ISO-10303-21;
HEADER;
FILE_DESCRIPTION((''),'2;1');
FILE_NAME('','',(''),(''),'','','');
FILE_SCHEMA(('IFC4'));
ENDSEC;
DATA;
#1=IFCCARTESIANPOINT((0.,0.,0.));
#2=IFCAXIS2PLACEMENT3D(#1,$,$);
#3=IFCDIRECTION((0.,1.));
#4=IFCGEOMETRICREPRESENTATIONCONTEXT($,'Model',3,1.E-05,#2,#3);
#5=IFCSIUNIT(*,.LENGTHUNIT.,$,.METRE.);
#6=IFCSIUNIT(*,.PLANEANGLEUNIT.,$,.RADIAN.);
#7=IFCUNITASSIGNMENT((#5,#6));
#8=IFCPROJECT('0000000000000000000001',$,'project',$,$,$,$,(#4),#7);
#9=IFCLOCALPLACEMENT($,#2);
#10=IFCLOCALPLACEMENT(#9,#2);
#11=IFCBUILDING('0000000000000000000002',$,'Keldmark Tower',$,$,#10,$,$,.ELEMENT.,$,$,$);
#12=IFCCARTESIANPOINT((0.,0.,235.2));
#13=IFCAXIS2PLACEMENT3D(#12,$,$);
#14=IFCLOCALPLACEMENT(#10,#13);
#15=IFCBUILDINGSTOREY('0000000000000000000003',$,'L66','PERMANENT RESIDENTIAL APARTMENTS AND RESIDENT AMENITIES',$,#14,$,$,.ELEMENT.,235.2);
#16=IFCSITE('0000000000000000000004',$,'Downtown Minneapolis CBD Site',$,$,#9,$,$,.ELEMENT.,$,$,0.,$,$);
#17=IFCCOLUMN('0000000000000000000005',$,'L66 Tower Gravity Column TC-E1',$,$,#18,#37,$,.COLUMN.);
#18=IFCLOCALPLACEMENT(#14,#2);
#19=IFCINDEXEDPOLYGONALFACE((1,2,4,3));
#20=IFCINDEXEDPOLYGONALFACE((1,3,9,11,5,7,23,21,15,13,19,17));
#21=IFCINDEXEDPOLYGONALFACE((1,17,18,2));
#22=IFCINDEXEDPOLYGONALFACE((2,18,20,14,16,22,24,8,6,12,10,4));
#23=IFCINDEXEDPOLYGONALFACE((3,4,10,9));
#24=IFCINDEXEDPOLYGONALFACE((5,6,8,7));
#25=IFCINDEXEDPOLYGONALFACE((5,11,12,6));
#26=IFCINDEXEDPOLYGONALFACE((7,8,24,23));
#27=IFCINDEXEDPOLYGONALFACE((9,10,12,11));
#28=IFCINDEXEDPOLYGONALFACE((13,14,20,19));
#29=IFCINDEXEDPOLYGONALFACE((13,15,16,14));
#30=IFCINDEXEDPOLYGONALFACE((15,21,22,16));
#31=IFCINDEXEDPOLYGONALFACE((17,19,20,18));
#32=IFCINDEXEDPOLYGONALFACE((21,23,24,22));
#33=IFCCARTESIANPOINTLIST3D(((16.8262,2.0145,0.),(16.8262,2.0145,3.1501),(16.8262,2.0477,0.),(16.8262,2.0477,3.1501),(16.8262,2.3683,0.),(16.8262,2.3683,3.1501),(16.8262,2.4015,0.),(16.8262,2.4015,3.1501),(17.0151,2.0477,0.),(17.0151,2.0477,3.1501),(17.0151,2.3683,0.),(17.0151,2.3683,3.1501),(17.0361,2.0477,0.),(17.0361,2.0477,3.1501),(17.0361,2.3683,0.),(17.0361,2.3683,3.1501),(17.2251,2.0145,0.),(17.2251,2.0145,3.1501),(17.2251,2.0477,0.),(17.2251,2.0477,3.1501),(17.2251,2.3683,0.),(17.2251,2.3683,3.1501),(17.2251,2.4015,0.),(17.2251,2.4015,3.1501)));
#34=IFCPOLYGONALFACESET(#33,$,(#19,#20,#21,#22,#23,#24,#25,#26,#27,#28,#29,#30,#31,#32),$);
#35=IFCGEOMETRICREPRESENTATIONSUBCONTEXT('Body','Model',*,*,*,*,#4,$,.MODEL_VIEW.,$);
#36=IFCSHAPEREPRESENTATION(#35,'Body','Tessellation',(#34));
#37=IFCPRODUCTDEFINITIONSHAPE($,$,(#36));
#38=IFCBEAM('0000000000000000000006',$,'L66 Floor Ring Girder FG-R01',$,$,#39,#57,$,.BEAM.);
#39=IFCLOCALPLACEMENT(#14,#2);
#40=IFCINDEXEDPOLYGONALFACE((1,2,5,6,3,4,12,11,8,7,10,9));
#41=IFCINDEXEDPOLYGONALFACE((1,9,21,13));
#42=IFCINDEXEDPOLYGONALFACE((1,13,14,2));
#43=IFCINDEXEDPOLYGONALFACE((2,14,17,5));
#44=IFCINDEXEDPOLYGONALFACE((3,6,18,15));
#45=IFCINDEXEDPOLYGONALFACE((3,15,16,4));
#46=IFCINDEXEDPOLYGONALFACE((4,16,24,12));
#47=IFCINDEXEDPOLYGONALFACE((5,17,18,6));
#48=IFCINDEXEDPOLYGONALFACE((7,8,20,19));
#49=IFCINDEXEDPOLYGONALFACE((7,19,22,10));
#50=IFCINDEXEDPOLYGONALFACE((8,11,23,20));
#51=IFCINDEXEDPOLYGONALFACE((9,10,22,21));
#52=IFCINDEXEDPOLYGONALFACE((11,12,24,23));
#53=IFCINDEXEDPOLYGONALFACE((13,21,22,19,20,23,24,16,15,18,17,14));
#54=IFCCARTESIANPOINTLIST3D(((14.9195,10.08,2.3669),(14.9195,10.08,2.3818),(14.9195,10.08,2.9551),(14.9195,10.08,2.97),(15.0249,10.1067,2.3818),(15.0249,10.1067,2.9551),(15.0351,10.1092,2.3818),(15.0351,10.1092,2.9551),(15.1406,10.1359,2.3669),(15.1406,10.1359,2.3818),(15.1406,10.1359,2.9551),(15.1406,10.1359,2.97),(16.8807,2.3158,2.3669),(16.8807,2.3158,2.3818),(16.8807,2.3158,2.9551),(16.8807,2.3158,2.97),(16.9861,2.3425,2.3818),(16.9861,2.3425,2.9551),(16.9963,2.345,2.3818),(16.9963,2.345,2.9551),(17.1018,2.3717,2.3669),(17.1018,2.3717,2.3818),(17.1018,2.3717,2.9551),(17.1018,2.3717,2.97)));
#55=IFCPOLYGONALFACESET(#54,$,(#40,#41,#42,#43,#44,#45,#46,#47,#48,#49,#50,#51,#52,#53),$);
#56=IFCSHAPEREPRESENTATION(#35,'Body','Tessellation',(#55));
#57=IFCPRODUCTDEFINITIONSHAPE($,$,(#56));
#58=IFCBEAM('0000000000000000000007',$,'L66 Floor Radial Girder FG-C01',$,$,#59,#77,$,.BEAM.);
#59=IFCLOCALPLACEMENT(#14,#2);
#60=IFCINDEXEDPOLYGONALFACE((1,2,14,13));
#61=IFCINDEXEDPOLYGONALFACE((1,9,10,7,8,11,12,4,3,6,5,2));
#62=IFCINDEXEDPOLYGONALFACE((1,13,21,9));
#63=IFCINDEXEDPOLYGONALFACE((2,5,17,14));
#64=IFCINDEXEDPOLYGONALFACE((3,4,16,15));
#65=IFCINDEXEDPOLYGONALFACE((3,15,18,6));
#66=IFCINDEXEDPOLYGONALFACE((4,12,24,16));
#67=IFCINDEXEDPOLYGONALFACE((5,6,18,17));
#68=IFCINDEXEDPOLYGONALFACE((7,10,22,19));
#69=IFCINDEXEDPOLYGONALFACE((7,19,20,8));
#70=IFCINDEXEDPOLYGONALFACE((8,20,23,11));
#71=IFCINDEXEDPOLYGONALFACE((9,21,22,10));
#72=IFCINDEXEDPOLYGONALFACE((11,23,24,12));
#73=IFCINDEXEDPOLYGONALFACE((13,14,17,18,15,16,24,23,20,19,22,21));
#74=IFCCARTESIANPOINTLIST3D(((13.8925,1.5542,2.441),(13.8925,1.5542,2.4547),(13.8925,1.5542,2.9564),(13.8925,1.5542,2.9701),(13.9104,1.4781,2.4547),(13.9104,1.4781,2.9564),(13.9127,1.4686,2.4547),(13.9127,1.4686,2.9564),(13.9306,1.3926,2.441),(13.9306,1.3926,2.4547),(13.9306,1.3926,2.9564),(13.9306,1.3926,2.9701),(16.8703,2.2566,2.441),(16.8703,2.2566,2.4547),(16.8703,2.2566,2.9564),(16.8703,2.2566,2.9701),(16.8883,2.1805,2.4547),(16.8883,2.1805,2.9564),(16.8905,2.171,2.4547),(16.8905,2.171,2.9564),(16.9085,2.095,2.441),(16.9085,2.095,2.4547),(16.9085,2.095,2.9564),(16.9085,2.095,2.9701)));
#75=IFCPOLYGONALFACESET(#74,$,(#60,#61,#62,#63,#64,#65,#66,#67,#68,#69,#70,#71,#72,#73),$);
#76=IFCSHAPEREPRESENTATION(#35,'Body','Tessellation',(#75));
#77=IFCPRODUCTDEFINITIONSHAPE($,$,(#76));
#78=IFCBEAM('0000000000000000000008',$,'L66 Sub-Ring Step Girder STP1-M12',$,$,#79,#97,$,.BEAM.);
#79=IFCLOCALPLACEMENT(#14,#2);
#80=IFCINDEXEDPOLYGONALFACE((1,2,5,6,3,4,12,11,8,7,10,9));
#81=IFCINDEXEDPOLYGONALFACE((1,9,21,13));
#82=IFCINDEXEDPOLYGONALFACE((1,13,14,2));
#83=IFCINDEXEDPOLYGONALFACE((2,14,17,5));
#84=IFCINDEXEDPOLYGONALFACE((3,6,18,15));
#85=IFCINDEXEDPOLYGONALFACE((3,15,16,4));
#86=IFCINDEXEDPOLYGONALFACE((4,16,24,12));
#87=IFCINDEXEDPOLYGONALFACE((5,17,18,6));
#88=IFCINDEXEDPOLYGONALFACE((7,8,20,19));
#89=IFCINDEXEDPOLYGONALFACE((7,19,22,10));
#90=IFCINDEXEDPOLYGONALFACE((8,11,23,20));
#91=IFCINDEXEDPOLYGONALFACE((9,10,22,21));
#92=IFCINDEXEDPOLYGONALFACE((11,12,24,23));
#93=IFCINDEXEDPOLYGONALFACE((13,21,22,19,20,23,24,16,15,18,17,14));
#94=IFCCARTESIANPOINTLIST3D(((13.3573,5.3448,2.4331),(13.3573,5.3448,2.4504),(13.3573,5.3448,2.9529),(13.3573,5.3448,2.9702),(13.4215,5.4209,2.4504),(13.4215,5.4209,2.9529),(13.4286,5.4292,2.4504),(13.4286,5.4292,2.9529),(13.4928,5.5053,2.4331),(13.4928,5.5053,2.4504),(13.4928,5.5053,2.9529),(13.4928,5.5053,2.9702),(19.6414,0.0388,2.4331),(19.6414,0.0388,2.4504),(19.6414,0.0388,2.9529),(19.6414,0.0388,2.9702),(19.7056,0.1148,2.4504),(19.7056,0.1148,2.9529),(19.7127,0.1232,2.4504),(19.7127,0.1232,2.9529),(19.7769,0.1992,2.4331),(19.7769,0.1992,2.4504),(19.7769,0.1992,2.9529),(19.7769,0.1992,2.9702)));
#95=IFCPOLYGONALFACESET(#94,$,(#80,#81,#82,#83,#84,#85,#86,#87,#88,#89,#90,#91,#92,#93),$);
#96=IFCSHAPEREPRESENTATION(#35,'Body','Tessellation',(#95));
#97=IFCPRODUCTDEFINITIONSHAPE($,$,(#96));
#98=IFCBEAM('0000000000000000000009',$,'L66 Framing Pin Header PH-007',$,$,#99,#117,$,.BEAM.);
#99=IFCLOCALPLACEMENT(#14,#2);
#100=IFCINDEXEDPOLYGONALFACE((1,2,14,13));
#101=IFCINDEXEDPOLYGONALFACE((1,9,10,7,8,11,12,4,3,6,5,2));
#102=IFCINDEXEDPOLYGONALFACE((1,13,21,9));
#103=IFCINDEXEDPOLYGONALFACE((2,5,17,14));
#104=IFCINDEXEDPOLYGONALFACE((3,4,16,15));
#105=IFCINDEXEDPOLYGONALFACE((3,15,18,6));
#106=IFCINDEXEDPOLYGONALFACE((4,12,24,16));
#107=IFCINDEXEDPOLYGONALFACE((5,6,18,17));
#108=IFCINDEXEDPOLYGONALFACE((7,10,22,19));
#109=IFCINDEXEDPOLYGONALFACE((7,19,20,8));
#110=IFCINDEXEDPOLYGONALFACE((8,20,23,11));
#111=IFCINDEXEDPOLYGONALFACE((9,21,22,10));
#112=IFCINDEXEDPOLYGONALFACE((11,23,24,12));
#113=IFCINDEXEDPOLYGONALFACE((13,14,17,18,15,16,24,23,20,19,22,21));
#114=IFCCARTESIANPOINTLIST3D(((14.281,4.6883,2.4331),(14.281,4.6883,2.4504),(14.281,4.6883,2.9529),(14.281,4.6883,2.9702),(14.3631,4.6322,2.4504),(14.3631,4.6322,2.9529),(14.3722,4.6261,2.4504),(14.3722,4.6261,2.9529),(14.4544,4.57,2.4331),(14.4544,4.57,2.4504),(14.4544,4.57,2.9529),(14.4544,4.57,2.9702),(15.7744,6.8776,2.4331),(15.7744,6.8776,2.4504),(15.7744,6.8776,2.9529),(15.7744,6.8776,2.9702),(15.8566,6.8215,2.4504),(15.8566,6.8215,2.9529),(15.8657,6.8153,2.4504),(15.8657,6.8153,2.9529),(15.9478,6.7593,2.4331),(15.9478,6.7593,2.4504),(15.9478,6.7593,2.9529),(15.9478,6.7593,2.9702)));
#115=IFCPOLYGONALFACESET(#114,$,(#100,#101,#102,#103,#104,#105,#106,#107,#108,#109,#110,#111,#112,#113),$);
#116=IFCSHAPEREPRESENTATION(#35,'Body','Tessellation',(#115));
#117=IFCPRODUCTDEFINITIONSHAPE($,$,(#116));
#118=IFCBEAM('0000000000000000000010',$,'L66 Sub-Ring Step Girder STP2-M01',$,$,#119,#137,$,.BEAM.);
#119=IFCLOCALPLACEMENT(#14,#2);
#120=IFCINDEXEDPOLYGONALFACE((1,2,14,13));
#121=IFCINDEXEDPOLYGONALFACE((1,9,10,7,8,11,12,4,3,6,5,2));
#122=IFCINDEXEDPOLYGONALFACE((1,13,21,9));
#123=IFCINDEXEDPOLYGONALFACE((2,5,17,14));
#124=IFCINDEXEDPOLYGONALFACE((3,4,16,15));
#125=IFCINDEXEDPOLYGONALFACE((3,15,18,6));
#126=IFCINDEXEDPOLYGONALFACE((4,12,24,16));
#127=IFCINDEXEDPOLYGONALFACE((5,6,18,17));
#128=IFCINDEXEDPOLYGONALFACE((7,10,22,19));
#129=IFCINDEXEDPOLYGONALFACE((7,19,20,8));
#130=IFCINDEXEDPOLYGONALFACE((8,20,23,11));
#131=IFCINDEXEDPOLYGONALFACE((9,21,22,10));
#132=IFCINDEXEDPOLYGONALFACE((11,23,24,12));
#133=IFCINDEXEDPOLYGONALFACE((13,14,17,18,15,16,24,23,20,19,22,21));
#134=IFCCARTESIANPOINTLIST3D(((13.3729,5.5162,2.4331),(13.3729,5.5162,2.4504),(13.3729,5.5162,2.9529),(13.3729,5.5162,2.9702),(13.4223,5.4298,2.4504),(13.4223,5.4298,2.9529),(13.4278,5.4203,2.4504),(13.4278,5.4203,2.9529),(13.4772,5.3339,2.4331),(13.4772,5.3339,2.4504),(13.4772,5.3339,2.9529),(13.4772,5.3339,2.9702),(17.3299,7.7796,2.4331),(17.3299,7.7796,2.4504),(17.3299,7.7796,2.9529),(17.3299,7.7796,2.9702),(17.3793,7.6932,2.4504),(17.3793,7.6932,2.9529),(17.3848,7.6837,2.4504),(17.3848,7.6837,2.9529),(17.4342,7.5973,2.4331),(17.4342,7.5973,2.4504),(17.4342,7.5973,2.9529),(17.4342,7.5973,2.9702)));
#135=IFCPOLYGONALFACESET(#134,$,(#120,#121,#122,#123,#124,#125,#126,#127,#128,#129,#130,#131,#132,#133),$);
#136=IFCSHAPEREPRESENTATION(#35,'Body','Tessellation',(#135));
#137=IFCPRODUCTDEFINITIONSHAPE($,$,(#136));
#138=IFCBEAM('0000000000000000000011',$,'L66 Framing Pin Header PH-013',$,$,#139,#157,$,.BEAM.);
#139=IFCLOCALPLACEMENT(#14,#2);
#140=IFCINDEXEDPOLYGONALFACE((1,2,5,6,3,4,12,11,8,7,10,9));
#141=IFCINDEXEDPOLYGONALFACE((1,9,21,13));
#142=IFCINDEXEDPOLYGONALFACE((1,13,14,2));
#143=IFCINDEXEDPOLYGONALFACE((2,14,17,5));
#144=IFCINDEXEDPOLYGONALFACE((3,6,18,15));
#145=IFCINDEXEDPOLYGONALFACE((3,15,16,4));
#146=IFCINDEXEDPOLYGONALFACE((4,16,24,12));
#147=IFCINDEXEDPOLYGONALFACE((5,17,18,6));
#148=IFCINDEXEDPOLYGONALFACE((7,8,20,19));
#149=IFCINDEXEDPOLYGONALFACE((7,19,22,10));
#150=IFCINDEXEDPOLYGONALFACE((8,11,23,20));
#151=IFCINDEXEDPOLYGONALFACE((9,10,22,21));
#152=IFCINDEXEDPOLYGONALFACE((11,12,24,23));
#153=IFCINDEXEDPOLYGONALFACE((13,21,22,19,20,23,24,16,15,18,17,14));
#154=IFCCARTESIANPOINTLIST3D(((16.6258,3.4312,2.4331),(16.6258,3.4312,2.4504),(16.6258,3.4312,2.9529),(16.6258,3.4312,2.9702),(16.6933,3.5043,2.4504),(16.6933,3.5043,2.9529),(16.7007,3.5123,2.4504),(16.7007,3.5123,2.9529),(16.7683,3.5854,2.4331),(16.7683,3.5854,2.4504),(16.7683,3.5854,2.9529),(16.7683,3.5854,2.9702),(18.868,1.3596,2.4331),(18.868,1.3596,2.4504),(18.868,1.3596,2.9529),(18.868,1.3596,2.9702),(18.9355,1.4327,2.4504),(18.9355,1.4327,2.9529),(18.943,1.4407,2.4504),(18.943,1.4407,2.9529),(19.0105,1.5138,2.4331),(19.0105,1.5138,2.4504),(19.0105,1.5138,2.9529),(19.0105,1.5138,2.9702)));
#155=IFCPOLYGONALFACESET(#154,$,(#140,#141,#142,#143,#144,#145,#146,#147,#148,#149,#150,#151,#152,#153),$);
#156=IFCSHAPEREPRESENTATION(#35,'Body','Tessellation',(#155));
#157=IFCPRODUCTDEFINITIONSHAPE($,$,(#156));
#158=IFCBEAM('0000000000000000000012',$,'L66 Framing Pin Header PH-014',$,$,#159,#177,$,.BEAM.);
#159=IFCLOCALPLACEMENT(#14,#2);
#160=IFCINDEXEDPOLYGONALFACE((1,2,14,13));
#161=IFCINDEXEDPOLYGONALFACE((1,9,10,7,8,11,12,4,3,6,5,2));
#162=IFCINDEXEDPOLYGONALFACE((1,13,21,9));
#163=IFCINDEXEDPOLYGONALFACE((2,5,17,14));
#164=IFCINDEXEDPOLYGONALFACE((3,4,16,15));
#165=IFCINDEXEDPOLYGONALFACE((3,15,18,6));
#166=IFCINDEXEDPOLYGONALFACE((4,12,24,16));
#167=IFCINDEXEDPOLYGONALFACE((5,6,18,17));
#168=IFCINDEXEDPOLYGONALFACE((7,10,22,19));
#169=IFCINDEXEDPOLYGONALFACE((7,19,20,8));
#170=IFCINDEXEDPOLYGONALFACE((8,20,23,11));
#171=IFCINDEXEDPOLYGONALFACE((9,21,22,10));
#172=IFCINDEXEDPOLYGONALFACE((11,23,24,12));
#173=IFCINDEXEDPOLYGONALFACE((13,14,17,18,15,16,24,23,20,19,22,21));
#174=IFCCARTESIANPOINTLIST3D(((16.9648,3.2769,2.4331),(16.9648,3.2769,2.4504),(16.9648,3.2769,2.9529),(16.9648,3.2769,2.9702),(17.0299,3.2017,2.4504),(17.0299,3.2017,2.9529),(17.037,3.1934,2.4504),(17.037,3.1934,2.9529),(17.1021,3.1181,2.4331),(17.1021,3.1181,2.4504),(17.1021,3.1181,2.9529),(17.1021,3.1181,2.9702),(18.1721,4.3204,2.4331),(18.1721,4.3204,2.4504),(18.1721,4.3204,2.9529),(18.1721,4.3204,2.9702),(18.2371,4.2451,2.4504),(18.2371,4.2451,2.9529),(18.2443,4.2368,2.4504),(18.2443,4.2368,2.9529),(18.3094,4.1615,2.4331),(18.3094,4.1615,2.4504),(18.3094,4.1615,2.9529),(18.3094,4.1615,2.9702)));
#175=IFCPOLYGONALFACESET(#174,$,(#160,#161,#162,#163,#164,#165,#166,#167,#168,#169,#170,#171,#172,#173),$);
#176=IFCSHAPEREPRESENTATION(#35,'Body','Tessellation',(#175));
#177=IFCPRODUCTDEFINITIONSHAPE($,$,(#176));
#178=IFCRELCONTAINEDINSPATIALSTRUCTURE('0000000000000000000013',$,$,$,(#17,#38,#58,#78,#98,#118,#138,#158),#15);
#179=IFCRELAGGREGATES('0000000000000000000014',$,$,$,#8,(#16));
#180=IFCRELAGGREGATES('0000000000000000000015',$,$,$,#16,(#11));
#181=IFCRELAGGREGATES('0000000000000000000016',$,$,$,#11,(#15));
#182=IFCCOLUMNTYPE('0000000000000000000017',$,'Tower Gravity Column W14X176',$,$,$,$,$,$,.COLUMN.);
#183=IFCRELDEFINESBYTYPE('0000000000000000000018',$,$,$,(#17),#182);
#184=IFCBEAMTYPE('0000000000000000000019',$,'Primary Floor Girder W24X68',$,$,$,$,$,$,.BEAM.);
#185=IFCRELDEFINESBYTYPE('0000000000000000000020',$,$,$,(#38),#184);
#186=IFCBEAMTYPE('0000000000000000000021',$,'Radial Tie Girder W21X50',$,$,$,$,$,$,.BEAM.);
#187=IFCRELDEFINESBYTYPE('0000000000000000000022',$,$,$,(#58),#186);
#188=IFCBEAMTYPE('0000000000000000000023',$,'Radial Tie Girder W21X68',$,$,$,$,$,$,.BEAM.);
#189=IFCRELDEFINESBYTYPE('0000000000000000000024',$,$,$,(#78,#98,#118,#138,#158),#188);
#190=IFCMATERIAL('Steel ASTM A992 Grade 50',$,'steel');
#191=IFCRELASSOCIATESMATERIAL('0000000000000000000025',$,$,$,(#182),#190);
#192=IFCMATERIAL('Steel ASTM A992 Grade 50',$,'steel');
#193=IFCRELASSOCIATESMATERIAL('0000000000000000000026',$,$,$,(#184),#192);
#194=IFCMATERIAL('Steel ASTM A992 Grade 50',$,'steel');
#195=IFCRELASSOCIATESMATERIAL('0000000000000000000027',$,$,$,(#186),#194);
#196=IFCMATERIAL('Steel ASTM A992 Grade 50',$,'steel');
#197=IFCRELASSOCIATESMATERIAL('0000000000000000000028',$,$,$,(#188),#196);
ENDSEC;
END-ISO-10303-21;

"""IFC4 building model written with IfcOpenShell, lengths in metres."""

from ifc_helpers import new_model, si_unit, direction, frame, origin, origin_2d, place, context, subcontext, project, spatial, i_section, extrude, material, material_profile, profile_set, type_object, element, save


model = new_model("IFC4")

# Units and contexts
model_context = context("Model", 3, precision=1e-05, world=origin(), true_north=direction((0.0, 1.0)))
body_context = subcontext(model_context, "Body", "Model", "MODEL_VIEW")
ifc_project = project(units=[si_unit("LENGTHUNIT", "METRE"), si_unit("PLANEANGLEUNIT", "RADIAN")], contexts=[model_context])

# Site, building, storey
site_placement = place(None, origin())
site = spatial("IfcSite", under=ifc_project, at=site_placement, Name="Downtown Minneapolis CBD Site", CompositionType="ELEMENT", RefElevation=0.0)
building_placement = place(site_placement, origin())
building = spatial("IfcBuilding", under=site, at=building_placement, Name="Keldmark Tower", CompositionType="ELEMENT")
storey_placement = place(building_placement, frame((0.0, 0.0, 235.2)))
storey = spatial("IfcBuildingStorey", under=building, at=storey_placement, Name="L66", Description="PERMANENT RESIDENTIAL APARTMENTS AND RESIDENT AMENITIES", CompositionType="ELEMENT", Elevation=235.2)

# Column
ifc_material_1 = material(Name="Steel ASTM A992 Grade 50", Category="steel")
ifc_material_profile_1 = material_profile(ifc_material_1, i_section(OverallWidth=0.3989, OverallDepth=0.387, WebThickness=0.021, FlangeThickness=0.0332, at=origin_2d()), Name="W14X176")
ifc_profile_set_1 = profile_set([ifc_material_profile_1], Name="Steel ASTM A992 Grade 50")
column_type = type_object("IfcColumnType", Name="Tower Gravity Column W14X176", PredefinedType="COLUMN", material=ifc_profile_set_1)
column_placement = place(storey_placement, frame((17.0256, 2.208, 0.0), z_axis=(0.0, 0.0, 1.0), x_axis=(1.0, 0.0, 0.0)))
element("IfcColumn", 1, at=column_placement, inside=storey, type_object=column_type, Name="L66 Tower Gravity Column TC-E1", PredefinedType="COLUMN", context=body_context, shape_type="SweptSolid", body=[
    extrude(i_section(OverallWidth=0.3989, OverallDepth=0.387, WebThickness=0.021, FlangeThickness=0.0332, at=origin_2d()), origin(), (0.0, 0.0, 1.0), 3.1501),
])

# Beams
ifc_material_2 = material(Name="Steel ASTM A992 Grade 50", Category="steel")
ifc_material_profile_2 = material_profile(ifc_material_2, i_section(OverallWidth=0.228, OverallDepth=0.603, WebThickness=0.0105, FlangeThickness=0.0149, at=origin_2d()), Name="W24X68")
ifc_profile_set_2 = profile_set([ifc_material_profile_2], Name="Steel ASTM A992 Grade 50")
beam_type_1 = type_object("IfcBeamType", Name="Primary Floor Girder W24X68", PredefinedType="BEAM", material=ifc_profile_set_2)
beam_1_placement = place(storey_placement, frame((16.9912, 2.3438, 2.6685), z_axis=(-0.244902, 0.969548, 0.0), x_axis=(-0.969548, -0.244902, 0.0)))
element("IfcBeam", 2, at=beam_1_placement, inside=storey, type_object=beam_type_1, Name="L66 Floor Ring Girder FG-R01", PredefinedType="BEAM", context=body_context, shape_type="SweptSolid", body=[
    extrude(i_section(OverallWidth=0.228, OverallDepth=0.603, WebThickness=0.0105, FlangeThickness=0.0149, at=origin_2d()), origin(), (0.0, 0.0, 1.0), 8.0081),
])
ifc_material_3 = material(Name="Steel ASTM A992 Grade 50", Category="steel")
ifc_material_profile_3 = material_profile(ifc_material_3, i_section(OverallWidth=0.166, OverallDepth=0.5291, WebThickness=0.0098, FlangeThickness=0.0137, at=origin_2d()), Name="W21X50")
ifc_profile_set_3 = profile_set([ifc_material_profile_3], Name="Steel ASTM A992 Grade 50")
beam_type_2 = type_object("IfcBeamType", Name="Radial Tie Girder W21X50", PredefinedType="BEAM", material=ifc_profile_set_3)
beam_2_placement = place(storey_placement, frame((16.8894, 2.1758, 2.7056), z_axis=(-0.97329, -0.229577, 0.0), x_axis=(0.229577, -0.97329, 0.0)))
element("IfcBeam", 3, at=beam_2_placement, inside=storey, type_object=beam_type_2, Name="L66 Floor Radial Girder FG-C01", PredefinedType="BEAM", context=body_context, shape_type="SweptSolid", body=[
    extrude(i_section(OverallWidth=0.166, OverallDepth=0.5291, WebThickness=0.0098, FlangeThickness=0.0137, at=origin_2d()), origin(), (0.0, 0.0, 1.0), 3.0596),
])
ifc_material_4 = material(Name="Steel ASTM A992 Grade 50", Category="steel")
ifc_material_profile_4 = material_profile(ifc_material_4, i_section(OverallWidth=0.21, OverallDepth=0.5371, WebThickness=0.011, FlangeThickness=0.0173, at=origin_2d()), Name="W21X68")
ifc_profile_set_4 = profile_set([ifc_material_profile_4], Name="Steel ASTM A992 Grade 50")
beam_type_3 = type_object("IfcBeamType", Name="Radial Tie Girder W21X68", PredefinedType="BEAM", material=ifc_profile_set_4)
beam_3_placement = place(storey_placement, frame((13.425, 5.425, 2.7017), z_axis=(0.764059, -0.645146, 0.0), x_axis=(0.645146, 0.764059, 0.0)))
element("IfcBeam", 4, at=beam_3_placement, inside=storey, type_object=beam_type_3, Name="L66 Sub-Ring Step Girder STP1-M12", PredefinedType="BEAM", context=body_context, shape_type="SweptSolid", body=[
    extrude(i_section(OverallWidth=0.21, OverallDepth=0.5371, WebThickness=0.011, FlangeThickness=0.0173, at=origin_2d()), origin(), (0.0, 0.0, 1.0), 8.2246),
])
beam_4_placement = place(storey_placement, frame((14.3677, 4.6292, 2.7017), z_axis=(0.563534, 0.826093, 0.0), x_axis=(-0.826093, 0.563534, 0.0)))
element("IfcBeam", 5, at=beam_4_placement, inside=storey, type_object=beam_type_3, Name="L66 Framing Pin Header PH-007", PredefinedType="BEAM", context=body_context, shape_type="SweptSolid", body=[
    extrude(i_section(OverallWidth=0.21, OverallDepth=0.5371, WebThickness=0.011, FlangeThickness=0.0173, at=origin_2d()), origin(), (0.0, 0.0, 1.0), 2.6501),
])
beam_5_placement = place(storey_placement, frame((13.425, 5.425, 2.7017), z_axis=(0.868029, 0.496514, 0.0), x_axis=(-0.496514, 0.868029, 0.0)))
element("IfcBeam", 6, at=beam_5_placement, inside=storey, type_object=beam_type_3, Name="L66 Sub-Ring Step Girder STP2-M01", PredefinedType="BEAM", context=body_context, shape_type="SweptSolid", body=[
    extrude(i_section(OverallWidth=0.21, OverallDepth=0.5371, WebThickness=0.011, FlangeThickness=0.0173, at=origin_2d()), origin(), (0.0, 0.0, 1.0), 4.5586),
])
beam_6_placement = place(storey_placement, frame((16.697, 3.5083, 2.7017), z_axis=(0.734506, -0.678602, 0.0), x_axis=(0.678602, 0.734506, 0.0)))
element("IfcBeam", 7, at=beam_6_placement, inside=storey, type_object=beam_type_3, Name="L66 Framing Pin Header PH-013", PredefinedType="BEAM", context=body_context, shape_type="SweptSolid", body=[
    extrude(i_section(OverallWidth=0.21, OverallDepth=0.5371, WebThickness=0.011, FlangeThickness=0.0173, at=origin_2d()), origin(), (0.0, 0.0, 1.0), 3.0527),
])
beam_7_placement = place(storey_placement, frame((17.0334, 3.1975, 2.7017), z_axis=(0.756572, 0.653911, 0.0), x_axis=(-0.653911, 0.756572, 0.0)))
element("IfcBeam", 8, at=beam_7_placement, inside=storey, type_object=beam_type_3, Name="L66 Framing Pin Header PH-014", PredefinedType="BEAM", context=body_context, shape_type="SweptSolid", body=[
    extrude(i_section(OverallWidth=0.21, OverallDepth=0.5371, WebThickness=0.011, FlangeThickness=0.0173, at=origin_2d()), origin(), (0.0, 0.0, 1.0), 1.5957),
])

save(model, "model.ifc")
